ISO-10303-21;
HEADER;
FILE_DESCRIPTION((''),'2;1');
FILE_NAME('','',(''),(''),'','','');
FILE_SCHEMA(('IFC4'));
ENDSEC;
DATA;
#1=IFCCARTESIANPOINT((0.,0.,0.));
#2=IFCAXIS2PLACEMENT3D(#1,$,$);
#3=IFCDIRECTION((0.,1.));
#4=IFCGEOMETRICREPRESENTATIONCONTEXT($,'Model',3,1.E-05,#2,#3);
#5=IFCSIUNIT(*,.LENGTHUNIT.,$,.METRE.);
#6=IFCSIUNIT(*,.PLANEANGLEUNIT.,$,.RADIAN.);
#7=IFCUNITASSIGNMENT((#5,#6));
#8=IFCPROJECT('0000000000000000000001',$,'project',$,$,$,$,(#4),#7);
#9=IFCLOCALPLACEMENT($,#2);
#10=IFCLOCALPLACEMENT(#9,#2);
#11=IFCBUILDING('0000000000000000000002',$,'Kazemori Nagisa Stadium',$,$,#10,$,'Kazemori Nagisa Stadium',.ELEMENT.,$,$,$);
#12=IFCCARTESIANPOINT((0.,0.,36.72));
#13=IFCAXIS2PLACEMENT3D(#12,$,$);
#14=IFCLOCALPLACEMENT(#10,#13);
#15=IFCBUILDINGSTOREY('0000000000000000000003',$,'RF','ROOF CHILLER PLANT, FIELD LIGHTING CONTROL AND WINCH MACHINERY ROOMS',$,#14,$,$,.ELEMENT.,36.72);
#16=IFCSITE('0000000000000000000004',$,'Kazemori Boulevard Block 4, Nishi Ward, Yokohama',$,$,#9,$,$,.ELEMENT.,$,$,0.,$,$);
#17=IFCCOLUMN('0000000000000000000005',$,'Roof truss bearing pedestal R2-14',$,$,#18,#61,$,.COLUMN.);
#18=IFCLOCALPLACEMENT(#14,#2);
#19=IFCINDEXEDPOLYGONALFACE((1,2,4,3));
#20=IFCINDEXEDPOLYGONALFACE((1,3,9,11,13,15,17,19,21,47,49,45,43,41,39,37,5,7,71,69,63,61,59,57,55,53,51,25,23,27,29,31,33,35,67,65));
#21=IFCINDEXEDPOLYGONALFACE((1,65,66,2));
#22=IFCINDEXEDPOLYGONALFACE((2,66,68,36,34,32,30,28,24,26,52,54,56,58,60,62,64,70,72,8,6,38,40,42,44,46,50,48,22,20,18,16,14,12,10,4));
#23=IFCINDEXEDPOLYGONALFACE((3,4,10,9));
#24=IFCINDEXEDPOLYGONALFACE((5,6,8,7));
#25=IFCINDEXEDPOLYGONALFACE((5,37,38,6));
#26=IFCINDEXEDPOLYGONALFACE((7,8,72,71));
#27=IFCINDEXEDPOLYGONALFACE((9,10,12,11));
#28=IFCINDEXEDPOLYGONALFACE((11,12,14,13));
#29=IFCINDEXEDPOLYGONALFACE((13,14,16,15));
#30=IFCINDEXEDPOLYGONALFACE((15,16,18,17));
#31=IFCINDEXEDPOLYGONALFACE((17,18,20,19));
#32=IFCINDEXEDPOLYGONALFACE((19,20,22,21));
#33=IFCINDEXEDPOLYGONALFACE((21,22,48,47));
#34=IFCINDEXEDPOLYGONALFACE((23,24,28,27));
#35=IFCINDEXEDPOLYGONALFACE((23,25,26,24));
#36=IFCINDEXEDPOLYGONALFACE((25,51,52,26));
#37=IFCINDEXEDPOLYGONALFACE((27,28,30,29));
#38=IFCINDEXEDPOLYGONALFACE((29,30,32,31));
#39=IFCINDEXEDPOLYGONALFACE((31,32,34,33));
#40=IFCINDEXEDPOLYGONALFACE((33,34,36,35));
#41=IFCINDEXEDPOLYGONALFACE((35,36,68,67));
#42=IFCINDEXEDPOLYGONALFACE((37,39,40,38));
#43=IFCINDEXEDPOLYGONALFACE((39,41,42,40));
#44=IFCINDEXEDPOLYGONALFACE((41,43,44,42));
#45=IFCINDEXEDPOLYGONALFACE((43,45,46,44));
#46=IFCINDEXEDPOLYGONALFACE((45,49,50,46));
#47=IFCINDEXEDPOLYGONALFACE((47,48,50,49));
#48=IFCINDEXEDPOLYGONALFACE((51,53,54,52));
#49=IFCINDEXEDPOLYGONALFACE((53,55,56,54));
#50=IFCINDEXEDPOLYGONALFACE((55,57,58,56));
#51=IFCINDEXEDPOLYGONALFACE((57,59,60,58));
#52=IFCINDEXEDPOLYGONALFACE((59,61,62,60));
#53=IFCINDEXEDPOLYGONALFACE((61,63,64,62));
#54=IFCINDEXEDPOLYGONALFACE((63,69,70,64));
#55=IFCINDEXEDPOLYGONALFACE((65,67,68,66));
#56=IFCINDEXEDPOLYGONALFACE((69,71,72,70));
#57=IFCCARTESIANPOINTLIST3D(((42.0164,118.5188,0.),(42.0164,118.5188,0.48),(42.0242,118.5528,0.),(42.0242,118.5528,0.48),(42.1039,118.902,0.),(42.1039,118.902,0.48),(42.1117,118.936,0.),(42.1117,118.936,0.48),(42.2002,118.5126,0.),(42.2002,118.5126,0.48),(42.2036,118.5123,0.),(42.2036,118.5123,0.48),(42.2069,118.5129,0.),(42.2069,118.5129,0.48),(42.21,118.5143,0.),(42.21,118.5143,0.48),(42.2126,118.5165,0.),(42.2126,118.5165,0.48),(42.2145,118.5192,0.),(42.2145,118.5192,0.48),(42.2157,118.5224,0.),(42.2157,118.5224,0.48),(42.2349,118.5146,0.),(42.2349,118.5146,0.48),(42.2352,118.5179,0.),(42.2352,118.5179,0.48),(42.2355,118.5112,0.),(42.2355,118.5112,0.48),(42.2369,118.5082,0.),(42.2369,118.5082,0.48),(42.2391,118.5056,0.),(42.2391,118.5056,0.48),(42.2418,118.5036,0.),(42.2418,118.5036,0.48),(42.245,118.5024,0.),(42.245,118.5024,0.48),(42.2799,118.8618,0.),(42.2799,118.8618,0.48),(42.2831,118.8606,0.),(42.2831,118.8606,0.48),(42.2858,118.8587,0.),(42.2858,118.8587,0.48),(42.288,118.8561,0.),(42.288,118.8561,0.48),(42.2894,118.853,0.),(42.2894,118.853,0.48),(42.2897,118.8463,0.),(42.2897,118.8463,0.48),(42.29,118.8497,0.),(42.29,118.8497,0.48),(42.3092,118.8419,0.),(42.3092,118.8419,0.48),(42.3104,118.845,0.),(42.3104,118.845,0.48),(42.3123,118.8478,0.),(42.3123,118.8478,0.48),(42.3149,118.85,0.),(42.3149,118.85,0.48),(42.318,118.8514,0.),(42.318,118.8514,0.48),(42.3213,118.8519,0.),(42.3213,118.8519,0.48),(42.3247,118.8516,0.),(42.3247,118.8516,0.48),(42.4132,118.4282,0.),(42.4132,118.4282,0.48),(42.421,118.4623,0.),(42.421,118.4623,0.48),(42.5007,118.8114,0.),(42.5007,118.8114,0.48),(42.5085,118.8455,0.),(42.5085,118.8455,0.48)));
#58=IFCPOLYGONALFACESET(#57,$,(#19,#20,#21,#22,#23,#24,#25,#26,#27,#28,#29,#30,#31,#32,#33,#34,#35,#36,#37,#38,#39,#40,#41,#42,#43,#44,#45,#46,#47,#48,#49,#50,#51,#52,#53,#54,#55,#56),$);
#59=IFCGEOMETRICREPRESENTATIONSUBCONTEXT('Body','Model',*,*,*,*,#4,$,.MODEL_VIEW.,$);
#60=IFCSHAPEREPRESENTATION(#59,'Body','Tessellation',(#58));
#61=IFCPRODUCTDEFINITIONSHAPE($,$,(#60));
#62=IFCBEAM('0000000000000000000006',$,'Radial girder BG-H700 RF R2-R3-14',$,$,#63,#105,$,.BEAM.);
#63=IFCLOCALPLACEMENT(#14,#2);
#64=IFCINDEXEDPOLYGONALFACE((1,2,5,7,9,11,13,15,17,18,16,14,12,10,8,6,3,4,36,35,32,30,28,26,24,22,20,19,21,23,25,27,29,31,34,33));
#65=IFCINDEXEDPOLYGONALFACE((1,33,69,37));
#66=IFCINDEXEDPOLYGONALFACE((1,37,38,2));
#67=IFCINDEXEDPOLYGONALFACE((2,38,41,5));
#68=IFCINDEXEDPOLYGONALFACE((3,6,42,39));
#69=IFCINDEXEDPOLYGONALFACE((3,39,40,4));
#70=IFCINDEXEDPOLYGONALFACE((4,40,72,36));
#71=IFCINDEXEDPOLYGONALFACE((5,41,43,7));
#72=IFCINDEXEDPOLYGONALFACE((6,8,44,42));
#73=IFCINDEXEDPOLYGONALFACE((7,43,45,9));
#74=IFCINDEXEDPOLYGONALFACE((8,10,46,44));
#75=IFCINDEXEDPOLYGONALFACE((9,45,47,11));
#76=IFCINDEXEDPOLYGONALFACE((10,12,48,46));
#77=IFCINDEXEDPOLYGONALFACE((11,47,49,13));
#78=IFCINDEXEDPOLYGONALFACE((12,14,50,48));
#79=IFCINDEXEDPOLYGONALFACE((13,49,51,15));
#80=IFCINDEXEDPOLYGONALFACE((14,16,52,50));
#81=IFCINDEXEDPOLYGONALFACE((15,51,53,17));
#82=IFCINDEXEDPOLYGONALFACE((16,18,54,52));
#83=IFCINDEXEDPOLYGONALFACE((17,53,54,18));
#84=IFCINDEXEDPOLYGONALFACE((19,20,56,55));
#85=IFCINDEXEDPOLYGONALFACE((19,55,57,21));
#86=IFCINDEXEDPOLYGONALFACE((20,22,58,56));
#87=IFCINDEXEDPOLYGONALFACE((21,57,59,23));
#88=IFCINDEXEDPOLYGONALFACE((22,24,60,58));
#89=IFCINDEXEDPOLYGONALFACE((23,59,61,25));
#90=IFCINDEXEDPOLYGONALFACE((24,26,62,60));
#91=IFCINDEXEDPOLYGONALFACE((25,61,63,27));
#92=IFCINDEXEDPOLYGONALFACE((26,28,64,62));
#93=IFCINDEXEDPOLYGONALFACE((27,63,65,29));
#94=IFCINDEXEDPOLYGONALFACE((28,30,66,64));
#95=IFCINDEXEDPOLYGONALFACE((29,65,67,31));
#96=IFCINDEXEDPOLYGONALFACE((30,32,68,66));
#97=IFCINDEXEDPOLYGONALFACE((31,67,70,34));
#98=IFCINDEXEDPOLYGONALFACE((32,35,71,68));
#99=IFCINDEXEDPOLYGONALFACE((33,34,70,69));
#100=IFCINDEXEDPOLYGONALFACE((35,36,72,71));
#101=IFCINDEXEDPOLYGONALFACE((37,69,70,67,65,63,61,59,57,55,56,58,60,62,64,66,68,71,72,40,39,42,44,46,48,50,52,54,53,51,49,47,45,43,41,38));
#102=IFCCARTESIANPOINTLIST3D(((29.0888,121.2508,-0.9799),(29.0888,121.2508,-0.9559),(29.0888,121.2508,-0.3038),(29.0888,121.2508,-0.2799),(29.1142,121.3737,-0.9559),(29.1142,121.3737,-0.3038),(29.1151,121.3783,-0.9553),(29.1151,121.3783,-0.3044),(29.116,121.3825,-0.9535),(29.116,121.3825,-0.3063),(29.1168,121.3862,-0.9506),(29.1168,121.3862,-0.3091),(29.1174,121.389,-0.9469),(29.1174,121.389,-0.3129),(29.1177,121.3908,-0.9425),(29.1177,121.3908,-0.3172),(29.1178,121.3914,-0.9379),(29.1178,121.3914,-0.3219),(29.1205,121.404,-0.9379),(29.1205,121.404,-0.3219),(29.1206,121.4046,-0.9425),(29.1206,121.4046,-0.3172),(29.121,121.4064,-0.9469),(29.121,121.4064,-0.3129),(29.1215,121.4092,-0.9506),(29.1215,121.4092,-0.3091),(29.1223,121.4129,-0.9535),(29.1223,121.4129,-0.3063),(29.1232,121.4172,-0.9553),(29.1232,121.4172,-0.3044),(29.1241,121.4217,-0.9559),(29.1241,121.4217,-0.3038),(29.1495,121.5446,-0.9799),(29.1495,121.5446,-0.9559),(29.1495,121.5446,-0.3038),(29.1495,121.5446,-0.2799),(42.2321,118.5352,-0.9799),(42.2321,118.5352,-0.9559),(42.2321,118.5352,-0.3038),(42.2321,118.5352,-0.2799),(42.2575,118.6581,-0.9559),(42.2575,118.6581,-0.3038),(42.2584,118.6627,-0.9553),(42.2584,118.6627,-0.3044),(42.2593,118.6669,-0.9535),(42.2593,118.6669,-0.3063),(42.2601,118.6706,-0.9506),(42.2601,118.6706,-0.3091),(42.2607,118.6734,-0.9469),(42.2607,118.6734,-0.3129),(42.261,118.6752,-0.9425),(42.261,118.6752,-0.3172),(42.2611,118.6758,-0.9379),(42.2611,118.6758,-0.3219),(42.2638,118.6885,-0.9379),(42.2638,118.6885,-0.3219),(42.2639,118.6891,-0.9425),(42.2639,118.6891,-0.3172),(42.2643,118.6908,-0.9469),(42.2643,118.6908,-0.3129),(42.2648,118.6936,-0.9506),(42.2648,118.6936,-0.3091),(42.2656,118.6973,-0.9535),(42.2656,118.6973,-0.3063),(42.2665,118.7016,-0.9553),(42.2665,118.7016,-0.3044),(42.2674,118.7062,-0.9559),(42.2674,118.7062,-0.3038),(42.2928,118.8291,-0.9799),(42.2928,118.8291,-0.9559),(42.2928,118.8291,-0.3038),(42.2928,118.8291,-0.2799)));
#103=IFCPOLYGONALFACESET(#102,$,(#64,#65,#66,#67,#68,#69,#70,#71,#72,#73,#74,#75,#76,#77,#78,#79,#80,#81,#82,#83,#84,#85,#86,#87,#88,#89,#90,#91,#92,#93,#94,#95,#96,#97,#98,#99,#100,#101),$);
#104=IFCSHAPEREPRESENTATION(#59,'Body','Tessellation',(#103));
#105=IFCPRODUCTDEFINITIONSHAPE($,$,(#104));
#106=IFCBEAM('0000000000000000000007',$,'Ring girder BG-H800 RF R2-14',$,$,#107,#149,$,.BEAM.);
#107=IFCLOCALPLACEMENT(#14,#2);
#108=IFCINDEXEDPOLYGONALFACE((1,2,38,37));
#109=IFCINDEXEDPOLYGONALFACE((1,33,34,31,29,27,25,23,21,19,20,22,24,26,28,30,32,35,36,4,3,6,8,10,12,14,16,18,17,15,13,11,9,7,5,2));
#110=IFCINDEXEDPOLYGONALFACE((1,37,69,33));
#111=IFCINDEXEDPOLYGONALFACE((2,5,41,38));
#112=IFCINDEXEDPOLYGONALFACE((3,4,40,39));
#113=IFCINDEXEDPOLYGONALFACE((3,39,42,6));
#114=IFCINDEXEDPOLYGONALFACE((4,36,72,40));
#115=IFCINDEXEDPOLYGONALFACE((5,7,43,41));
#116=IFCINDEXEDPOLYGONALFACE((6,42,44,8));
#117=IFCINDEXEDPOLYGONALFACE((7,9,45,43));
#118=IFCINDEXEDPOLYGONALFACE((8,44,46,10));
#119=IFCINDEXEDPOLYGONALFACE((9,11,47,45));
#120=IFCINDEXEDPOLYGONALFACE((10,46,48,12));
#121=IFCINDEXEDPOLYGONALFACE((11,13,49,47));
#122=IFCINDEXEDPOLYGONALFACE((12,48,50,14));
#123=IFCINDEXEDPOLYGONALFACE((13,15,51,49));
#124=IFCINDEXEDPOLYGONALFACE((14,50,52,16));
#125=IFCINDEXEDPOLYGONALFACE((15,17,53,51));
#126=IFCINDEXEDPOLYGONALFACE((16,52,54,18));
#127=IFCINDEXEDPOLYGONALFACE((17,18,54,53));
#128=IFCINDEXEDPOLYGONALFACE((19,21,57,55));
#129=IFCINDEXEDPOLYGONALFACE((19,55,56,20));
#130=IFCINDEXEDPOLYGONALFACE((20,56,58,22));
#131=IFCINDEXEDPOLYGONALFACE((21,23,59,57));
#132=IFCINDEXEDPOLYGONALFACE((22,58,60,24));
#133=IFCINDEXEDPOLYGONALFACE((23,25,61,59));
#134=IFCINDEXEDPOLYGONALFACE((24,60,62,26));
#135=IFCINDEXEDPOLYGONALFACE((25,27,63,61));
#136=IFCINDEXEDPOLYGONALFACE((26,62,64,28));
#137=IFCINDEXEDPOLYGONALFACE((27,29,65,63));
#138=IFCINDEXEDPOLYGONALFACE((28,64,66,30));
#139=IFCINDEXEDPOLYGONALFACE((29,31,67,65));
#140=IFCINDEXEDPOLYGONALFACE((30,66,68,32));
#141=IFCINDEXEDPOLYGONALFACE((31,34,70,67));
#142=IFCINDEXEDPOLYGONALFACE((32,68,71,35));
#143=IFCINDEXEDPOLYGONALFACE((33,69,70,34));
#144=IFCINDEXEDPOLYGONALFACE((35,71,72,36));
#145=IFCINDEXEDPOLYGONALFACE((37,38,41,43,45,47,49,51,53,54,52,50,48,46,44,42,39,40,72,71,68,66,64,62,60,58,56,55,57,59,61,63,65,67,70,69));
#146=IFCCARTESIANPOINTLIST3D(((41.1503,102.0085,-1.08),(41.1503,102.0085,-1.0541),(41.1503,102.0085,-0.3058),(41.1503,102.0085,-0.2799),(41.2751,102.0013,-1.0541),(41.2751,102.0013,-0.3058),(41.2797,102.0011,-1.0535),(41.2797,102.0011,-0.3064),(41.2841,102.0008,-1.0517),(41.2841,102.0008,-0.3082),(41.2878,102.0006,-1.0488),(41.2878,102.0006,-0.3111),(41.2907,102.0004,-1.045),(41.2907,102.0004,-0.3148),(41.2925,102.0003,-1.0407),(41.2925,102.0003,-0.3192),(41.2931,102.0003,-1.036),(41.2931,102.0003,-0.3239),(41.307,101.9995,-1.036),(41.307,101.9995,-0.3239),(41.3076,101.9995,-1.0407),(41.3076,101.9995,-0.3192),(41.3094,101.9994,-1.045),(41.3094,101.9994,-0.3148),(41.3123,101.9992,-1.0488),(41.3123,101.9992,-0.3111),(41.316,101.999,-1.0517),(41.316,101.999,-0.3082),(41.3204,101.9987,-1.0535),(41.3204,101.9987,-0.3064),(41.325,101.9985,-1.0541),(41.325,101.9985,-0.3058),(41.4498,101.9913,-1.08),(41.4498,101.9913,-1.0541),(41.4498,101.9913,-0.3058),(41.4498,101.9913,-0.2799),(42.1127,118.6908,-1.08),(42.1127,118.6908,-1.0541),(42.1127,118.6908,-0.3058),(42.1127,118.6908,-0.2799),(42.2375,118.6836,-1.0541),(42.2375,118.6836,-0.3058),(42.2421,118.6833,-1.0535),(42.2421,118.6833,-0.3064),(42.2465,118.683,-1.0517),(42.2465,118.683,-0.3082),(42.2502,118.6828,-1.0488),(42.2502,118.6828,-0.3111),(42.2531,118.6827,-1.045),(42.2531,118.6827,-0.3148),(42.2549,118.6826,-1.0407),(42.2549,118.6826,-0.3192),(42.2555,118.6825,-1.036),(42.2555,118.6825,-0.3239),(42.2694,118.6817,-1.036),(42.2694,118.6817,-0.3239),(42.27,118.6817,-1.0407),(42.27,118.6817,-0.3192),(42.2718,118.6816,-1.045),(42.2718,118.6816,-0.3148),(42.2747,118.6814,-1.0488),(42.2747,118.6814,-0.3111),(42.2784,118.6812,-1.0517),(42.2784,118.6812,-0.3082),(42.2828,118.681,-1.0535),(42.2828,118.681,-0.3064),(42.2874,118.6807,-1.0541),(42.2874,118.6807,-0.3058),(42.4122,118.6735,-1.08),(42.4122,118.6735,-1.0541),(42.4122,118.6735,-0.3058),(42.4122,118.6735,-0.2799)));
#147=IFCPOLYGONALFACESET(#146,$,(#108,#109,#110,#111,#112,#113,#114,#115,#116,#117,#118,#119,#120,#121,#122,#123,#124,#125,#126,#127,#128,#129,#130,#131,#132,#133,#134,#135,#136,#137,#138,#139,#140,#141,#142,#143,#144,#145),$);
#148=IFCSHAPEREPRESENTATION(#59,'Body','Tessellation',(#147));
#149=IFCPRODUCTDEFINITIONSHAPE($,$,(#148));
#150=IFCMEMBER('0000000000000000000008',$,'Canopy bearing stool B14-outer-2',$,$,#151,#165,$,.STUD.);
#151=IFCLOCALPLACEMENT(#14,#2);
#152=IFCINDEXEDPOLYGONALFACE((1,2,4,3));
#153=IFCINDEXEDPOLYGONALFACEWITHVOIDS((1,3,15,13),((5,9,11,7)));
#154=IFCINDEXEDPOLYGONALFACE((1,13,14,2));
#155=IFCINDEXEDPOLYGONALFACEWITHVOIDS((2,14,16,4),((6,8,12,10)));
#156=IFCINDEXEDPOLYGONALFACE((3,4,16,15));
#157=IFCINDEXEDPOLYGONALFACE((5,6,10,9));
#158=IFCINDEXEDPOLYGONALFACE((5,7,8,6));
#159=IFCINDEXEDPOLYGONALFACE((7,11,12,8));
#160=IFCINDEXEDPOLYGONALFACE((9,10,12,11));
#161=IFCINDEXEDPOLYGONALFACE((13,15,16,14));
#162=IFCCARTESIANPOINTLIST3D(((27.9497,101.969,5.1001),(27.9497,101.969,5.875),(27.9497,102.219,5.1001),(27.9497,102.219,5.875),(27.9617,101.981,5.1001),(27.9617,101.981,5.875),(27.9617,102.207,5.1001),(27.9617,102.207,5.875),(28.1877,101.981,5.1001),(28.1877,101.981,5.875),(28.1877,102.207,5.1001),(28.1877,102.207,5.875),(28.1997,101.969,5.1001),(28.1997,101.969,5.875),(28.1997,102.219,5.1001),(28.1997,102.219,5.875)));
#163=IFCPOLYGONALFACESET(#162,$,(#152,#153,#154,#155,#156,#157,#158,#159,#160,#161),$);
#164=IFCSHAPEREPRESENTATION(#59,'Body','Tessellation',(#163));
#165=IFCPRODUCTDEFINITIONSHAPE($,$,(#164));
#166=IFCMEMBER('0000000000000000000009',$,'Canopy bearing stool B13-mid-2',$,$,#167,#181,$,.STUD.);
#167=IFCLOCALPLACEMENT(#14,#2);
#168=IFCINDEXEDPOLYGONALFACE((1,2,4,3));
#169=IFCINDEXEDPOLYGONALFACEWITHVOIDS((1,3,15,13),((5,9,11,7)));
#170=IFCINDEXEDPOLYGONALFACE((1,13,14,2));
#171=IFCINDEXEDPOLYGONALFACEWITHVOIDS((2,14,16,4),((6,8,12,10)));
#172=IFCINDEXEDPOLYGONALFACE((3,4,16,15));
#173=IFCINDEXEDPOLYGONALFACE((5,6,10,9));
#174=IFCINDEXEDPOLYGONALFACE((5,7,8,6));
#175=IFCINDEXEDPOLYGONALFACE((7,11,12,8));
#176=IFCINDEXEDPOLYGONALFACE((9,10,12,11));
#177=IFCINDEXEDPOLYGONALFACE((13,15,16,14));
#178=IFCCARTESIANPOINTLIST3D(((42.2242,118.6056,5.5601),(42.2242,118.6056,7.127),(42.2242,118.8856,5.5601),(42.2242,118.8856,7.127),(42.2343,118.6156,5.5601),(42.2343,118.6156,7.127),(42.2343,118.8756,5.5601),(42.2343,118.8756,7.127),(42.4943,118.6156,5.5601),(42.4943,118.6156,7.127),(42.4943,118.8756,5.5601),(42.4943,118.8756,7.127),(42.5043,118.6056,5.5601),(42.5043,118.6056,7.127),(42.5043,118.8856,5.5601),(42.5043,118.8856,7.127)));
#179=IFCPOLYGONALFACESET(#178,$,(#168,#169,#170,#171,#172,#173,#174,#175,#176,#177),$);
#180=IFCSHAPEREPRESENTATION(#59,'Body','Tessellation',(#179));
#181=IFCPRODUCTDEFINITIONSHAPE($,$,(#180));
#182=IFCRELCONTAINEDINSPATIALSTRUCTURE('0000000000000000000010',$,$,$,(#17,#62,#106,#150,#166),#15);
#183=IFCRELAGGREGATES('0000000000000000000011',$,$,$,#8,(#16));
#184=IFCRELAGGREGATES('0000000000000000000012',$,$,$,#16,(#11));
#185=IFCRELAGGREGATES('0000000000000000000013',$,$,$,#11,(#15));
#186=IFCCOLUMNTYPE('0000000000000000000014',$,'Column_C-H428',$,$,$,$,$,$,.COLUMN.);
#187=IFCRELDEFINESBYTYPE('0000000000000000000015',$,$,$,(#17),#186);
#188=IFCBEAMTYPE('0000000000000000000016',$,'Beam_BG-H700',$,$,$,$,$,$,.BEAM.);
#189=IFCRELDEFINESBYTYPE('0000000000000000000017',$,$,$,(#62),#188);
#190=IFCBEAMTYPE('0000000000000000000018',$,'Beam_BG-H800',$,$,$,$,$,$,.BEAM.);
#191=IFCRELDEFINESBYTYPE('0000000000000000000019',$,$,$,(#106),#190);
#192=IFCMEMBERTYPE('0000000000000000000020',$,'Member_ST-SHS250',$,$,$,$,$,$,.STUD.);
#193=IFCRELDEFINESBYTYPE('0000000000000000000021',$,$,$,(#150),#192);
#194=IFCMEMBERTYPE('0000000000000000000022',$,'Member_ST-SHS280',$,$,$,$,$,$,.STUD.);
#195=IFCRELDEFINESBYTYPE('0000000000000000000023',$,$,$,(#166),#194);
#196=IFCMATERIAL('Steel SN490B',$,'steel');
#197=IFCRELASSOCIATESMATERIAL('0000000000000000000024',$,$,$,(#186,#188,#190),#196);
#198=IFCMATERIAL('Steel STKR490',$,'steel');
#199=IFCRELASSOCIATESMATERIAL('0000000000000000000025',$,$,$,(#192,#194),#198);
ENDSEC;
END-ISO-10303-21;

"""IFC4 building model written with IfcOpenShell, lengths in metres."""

from ifc_helpers import new_model, si_unit, direction, frame, origin, origin_2d, place, context, subcontext, project, spatial, hollow_rectangle, i_section, extrude, material, material_profile, profile_set, type_object, element, save


model = new_model("IFC4")

# Units and contexts
model_context = context("Model", 3, precision=1e-05, world=origin(), true_north=direction((0.0, 1.0)))
body_context = subcontext(model_context, "Body", "Model", "MODEL_VIEW")
ifc_project = project(units=[si_unit("LENGTHUNIT", "METRE"), si_unit("PLANEANGLEUNIT", "RADIAN")], contexts=[model_context])

# Site, building, storey
site_placement = place(None, origin())
site = spatial("IfcSite", under=ifc_project, at=site_placement, Name="Kazemori Boulevard Block 4, Nishi Ward, Yokohama", CompositionType="ELEMENT", RefElevation=0.0)
building_placement = place(site_placement, origin())
building = spatial("IfcBuilding", under=site, at=building_placement, Name="Kazemori Nagisa Stadium", LongName="Kazemori Nagisa Stadium", CompositionType="ELEMENT")
storey_placement = place(building_placement, frame((0.0, 0.0, 36.72)))
storey = spatial("IfcBuildingStorey", under=building, at=storey_placement, Name="RF", Description="ROOF CHILLER PLANT, FIELD LIGHTING CONTROL AND WINCH MACHINERY ROOMS", CompositionType="ELEMENT", Elevation=36.72)

# Column
ifc_material_1 = material(Name="Steel SN490B", Category="steel")
ifc_material_profile_1 = material_profile(ifc_material_1, i_section(OverallWidth=0.407, OverallDepth=0.428, WebThickness=0.02, FlangeThickness=0.0349, FilletRadius=0.0129, at=origin_2d()), Name="H-428x407x20x35")
ifc_profile_set_1 = profile_set([ifc_material_profile_1], Name="Steel SN490B")
column_type = type_object("IfcColumnType", Name="Column_C-H428", PredefinedType="COLUMN", material=ifc_profile_set_1)
column_placement = place(storey_placement, frame((42.2625, 118.6821, 0.0), z_axis=(0.0, 0.0, 1.0), x_axis=(-0.974928, 0.222521, 0.0)))
element("IfcColumn", 1, at=column_placement, inside=storey, type_object=column_type, Name="Roof truss bearing pedestal R2-14", PredefinedType="COLUMN", context=body_context, shape_type="SweptSolid", body=[
    extrude(i_section(OverallWidth=0.407, OverallDepth=0.428, WebThickness=0.02, FlangeThickness=0.0349, FilletRadius=0.0129, at=origin_2d()), origin(), (0.0, 0.0, 1.0), 0.48),
])

# Beams
ifc_material_profile_2 = material_profile(ifc_material_1, i_section(OverallWidth=0.3, OverallDepth=0.7, WebThickness=0.0129, FlangeThickness=0.0239, FilletRadius=0.0181, at=origin_2d()), Name="H-700x300x13x24")
ifc_profile_set_2 = profile_set([ifc_material_profile_2], Name="Steel SN490B")
beam_type_1 = type_object("IfcBeamType", Name="Beam_BG-H700", PredefinedType="BEAM", material=ifc_profile_set_2)
beam_1_placement = place(storey_placement, frame((42.2625, 118.6821, -0.6299), z_axis=(-0.979316, 0.202339, 0.0), x_axis=(-0.202339, -0.979316, 0.0)))
element("IfcBeam", 2, at=beam_1_placement, inside=storey, type_object=beam_type_1, Name="Radial girder BG-H700 RF R2-R3-14", PredefinedType="BEAM", context=body_context, shape_type="SweptSolid", body=[
    extrude(i_section(OverallWidth=0.3, OverallDepth=0.7, WebThickness=0.0129, FlangeThickness=0.0239, FilletRadius=0.0181, at=origin_2d()), origin(), (0.0, 0.0, 1.0), 13.4209),
])
ifc_material_profile_3 = material_profile(ifc_material_1, i_section(OverallWidth=0.3, OverallDepth=0.8, WebThickness=0.0139, FlangeThickness=0.0259, FilletRadius=0.0181, at=origin_2d()), Name="H-800x300x14x26")
ifc_profile_set_3 = profile_set([ifc_material_profile_3], Name="Steel SN490B")
beam_type_2 = type_object("IfcBeamType", Name="Beam_BG-H800", PredefinedType="BEAM", material=ifc_profile_set_3)
beam_2_placement = place(storey_placement, frame((42.2625, 118.6821, -0.6799), z_axis=(-0.057595, -0.99834, 0.0), x_axis=(0.99834, -0.057595, 0.0)))
element("IfcBeam", 3, at=beam_2_placement, inside=storey, type_object=beam_type_2, Name="Ring girder BG-H800 RF R2-14", PredefinedType="BEAM", context=body_context, shape_type="SweptSolid", body=[
    extrude(i_section(OverallWidth=0.3, OverallDepth=0.8, WebThickness=0.0139, FlangeThickness=0.0259, FilletRadius=0.0181, at=origin_2d()), origin(), (0.0, 0.0, 1.0), 16.71),
])

# Members
ifc_material_2 = material(Name="Steel STKR490", Category="steel")
ifc_material_profile_4 = material_profile(ifc_material_2, hollow_rectangle(XDim=0.25, YDim=0.25, WallThickness=0.012, at=origin_2d()), Name="SHS-250x250x12")
ifc_profile_set_4 = profile_set([ifc_material_profile_4], Name="Steel STKR490")
member_type_1 = type_object("IfcMemberType", Name="Member_ST-SHS250", PredefinedType="STUD", material=ifc_profile_set_4)
member_1_placement = place(storey_placement, frame((28.0747, 102.094, 5.1001), z_axis=(0.0, 0.0, 1.0), x_axis=(1.0, 0.0, 0.0)))
element("IfcMember", 4, at=member_1_placement, inside=storey, type_object=member_type_1, Name="Canopy bearing stool B14-outer-2", PredefinedType="STUD", context=body_context, shape_type="SweptSolid", body=[
    extrude(hollow_rectangle(XDim=0.25, YDim=0.25, WallThickness=0.012, at=origin_2d()), origin(), (0.0, 0.0, 1.0), 0.7749),
])
ifc_material_profile_5 = material_profile(ifc_material_2, hollow_rectangle(XDim=0.28, YDim=0.28, WallThickness=0.01, at=origin_2d()), Name="SHS-280x280x10")
ifc_profile_set_5 = profile_set([ifc_material_profile_5], Name="Steel STKR490")
member_type_2 = type_object("IfcMemberType", Name="Member_ST-SHS280", PredefinedType="STUD", material=ifc_profile_set_5)
member_2_placement = place(storey_placement, frame((42.3643, 118.7456, 5.5601), z_axis=(0.0, 0.0, 1.0), x_axis=(1.0, 0.0, 0.0)))
element("IfcMember", 5, at=member_2_placement, inside=storey, type_object=member_type_2, Name="Canopy bearing stool B13-mid-2", PredefinedType="STUD", context=body_context, shape_type="SweptSolid", body=[
    extrude(hollow_rectangle(XDim=0.28, YDim=0.28, WallThickness=0.01, at=origin_2d()), origin(), (0.0, 0.0, 1.0), 1.5669),
])

save(model, "model.ifc")
